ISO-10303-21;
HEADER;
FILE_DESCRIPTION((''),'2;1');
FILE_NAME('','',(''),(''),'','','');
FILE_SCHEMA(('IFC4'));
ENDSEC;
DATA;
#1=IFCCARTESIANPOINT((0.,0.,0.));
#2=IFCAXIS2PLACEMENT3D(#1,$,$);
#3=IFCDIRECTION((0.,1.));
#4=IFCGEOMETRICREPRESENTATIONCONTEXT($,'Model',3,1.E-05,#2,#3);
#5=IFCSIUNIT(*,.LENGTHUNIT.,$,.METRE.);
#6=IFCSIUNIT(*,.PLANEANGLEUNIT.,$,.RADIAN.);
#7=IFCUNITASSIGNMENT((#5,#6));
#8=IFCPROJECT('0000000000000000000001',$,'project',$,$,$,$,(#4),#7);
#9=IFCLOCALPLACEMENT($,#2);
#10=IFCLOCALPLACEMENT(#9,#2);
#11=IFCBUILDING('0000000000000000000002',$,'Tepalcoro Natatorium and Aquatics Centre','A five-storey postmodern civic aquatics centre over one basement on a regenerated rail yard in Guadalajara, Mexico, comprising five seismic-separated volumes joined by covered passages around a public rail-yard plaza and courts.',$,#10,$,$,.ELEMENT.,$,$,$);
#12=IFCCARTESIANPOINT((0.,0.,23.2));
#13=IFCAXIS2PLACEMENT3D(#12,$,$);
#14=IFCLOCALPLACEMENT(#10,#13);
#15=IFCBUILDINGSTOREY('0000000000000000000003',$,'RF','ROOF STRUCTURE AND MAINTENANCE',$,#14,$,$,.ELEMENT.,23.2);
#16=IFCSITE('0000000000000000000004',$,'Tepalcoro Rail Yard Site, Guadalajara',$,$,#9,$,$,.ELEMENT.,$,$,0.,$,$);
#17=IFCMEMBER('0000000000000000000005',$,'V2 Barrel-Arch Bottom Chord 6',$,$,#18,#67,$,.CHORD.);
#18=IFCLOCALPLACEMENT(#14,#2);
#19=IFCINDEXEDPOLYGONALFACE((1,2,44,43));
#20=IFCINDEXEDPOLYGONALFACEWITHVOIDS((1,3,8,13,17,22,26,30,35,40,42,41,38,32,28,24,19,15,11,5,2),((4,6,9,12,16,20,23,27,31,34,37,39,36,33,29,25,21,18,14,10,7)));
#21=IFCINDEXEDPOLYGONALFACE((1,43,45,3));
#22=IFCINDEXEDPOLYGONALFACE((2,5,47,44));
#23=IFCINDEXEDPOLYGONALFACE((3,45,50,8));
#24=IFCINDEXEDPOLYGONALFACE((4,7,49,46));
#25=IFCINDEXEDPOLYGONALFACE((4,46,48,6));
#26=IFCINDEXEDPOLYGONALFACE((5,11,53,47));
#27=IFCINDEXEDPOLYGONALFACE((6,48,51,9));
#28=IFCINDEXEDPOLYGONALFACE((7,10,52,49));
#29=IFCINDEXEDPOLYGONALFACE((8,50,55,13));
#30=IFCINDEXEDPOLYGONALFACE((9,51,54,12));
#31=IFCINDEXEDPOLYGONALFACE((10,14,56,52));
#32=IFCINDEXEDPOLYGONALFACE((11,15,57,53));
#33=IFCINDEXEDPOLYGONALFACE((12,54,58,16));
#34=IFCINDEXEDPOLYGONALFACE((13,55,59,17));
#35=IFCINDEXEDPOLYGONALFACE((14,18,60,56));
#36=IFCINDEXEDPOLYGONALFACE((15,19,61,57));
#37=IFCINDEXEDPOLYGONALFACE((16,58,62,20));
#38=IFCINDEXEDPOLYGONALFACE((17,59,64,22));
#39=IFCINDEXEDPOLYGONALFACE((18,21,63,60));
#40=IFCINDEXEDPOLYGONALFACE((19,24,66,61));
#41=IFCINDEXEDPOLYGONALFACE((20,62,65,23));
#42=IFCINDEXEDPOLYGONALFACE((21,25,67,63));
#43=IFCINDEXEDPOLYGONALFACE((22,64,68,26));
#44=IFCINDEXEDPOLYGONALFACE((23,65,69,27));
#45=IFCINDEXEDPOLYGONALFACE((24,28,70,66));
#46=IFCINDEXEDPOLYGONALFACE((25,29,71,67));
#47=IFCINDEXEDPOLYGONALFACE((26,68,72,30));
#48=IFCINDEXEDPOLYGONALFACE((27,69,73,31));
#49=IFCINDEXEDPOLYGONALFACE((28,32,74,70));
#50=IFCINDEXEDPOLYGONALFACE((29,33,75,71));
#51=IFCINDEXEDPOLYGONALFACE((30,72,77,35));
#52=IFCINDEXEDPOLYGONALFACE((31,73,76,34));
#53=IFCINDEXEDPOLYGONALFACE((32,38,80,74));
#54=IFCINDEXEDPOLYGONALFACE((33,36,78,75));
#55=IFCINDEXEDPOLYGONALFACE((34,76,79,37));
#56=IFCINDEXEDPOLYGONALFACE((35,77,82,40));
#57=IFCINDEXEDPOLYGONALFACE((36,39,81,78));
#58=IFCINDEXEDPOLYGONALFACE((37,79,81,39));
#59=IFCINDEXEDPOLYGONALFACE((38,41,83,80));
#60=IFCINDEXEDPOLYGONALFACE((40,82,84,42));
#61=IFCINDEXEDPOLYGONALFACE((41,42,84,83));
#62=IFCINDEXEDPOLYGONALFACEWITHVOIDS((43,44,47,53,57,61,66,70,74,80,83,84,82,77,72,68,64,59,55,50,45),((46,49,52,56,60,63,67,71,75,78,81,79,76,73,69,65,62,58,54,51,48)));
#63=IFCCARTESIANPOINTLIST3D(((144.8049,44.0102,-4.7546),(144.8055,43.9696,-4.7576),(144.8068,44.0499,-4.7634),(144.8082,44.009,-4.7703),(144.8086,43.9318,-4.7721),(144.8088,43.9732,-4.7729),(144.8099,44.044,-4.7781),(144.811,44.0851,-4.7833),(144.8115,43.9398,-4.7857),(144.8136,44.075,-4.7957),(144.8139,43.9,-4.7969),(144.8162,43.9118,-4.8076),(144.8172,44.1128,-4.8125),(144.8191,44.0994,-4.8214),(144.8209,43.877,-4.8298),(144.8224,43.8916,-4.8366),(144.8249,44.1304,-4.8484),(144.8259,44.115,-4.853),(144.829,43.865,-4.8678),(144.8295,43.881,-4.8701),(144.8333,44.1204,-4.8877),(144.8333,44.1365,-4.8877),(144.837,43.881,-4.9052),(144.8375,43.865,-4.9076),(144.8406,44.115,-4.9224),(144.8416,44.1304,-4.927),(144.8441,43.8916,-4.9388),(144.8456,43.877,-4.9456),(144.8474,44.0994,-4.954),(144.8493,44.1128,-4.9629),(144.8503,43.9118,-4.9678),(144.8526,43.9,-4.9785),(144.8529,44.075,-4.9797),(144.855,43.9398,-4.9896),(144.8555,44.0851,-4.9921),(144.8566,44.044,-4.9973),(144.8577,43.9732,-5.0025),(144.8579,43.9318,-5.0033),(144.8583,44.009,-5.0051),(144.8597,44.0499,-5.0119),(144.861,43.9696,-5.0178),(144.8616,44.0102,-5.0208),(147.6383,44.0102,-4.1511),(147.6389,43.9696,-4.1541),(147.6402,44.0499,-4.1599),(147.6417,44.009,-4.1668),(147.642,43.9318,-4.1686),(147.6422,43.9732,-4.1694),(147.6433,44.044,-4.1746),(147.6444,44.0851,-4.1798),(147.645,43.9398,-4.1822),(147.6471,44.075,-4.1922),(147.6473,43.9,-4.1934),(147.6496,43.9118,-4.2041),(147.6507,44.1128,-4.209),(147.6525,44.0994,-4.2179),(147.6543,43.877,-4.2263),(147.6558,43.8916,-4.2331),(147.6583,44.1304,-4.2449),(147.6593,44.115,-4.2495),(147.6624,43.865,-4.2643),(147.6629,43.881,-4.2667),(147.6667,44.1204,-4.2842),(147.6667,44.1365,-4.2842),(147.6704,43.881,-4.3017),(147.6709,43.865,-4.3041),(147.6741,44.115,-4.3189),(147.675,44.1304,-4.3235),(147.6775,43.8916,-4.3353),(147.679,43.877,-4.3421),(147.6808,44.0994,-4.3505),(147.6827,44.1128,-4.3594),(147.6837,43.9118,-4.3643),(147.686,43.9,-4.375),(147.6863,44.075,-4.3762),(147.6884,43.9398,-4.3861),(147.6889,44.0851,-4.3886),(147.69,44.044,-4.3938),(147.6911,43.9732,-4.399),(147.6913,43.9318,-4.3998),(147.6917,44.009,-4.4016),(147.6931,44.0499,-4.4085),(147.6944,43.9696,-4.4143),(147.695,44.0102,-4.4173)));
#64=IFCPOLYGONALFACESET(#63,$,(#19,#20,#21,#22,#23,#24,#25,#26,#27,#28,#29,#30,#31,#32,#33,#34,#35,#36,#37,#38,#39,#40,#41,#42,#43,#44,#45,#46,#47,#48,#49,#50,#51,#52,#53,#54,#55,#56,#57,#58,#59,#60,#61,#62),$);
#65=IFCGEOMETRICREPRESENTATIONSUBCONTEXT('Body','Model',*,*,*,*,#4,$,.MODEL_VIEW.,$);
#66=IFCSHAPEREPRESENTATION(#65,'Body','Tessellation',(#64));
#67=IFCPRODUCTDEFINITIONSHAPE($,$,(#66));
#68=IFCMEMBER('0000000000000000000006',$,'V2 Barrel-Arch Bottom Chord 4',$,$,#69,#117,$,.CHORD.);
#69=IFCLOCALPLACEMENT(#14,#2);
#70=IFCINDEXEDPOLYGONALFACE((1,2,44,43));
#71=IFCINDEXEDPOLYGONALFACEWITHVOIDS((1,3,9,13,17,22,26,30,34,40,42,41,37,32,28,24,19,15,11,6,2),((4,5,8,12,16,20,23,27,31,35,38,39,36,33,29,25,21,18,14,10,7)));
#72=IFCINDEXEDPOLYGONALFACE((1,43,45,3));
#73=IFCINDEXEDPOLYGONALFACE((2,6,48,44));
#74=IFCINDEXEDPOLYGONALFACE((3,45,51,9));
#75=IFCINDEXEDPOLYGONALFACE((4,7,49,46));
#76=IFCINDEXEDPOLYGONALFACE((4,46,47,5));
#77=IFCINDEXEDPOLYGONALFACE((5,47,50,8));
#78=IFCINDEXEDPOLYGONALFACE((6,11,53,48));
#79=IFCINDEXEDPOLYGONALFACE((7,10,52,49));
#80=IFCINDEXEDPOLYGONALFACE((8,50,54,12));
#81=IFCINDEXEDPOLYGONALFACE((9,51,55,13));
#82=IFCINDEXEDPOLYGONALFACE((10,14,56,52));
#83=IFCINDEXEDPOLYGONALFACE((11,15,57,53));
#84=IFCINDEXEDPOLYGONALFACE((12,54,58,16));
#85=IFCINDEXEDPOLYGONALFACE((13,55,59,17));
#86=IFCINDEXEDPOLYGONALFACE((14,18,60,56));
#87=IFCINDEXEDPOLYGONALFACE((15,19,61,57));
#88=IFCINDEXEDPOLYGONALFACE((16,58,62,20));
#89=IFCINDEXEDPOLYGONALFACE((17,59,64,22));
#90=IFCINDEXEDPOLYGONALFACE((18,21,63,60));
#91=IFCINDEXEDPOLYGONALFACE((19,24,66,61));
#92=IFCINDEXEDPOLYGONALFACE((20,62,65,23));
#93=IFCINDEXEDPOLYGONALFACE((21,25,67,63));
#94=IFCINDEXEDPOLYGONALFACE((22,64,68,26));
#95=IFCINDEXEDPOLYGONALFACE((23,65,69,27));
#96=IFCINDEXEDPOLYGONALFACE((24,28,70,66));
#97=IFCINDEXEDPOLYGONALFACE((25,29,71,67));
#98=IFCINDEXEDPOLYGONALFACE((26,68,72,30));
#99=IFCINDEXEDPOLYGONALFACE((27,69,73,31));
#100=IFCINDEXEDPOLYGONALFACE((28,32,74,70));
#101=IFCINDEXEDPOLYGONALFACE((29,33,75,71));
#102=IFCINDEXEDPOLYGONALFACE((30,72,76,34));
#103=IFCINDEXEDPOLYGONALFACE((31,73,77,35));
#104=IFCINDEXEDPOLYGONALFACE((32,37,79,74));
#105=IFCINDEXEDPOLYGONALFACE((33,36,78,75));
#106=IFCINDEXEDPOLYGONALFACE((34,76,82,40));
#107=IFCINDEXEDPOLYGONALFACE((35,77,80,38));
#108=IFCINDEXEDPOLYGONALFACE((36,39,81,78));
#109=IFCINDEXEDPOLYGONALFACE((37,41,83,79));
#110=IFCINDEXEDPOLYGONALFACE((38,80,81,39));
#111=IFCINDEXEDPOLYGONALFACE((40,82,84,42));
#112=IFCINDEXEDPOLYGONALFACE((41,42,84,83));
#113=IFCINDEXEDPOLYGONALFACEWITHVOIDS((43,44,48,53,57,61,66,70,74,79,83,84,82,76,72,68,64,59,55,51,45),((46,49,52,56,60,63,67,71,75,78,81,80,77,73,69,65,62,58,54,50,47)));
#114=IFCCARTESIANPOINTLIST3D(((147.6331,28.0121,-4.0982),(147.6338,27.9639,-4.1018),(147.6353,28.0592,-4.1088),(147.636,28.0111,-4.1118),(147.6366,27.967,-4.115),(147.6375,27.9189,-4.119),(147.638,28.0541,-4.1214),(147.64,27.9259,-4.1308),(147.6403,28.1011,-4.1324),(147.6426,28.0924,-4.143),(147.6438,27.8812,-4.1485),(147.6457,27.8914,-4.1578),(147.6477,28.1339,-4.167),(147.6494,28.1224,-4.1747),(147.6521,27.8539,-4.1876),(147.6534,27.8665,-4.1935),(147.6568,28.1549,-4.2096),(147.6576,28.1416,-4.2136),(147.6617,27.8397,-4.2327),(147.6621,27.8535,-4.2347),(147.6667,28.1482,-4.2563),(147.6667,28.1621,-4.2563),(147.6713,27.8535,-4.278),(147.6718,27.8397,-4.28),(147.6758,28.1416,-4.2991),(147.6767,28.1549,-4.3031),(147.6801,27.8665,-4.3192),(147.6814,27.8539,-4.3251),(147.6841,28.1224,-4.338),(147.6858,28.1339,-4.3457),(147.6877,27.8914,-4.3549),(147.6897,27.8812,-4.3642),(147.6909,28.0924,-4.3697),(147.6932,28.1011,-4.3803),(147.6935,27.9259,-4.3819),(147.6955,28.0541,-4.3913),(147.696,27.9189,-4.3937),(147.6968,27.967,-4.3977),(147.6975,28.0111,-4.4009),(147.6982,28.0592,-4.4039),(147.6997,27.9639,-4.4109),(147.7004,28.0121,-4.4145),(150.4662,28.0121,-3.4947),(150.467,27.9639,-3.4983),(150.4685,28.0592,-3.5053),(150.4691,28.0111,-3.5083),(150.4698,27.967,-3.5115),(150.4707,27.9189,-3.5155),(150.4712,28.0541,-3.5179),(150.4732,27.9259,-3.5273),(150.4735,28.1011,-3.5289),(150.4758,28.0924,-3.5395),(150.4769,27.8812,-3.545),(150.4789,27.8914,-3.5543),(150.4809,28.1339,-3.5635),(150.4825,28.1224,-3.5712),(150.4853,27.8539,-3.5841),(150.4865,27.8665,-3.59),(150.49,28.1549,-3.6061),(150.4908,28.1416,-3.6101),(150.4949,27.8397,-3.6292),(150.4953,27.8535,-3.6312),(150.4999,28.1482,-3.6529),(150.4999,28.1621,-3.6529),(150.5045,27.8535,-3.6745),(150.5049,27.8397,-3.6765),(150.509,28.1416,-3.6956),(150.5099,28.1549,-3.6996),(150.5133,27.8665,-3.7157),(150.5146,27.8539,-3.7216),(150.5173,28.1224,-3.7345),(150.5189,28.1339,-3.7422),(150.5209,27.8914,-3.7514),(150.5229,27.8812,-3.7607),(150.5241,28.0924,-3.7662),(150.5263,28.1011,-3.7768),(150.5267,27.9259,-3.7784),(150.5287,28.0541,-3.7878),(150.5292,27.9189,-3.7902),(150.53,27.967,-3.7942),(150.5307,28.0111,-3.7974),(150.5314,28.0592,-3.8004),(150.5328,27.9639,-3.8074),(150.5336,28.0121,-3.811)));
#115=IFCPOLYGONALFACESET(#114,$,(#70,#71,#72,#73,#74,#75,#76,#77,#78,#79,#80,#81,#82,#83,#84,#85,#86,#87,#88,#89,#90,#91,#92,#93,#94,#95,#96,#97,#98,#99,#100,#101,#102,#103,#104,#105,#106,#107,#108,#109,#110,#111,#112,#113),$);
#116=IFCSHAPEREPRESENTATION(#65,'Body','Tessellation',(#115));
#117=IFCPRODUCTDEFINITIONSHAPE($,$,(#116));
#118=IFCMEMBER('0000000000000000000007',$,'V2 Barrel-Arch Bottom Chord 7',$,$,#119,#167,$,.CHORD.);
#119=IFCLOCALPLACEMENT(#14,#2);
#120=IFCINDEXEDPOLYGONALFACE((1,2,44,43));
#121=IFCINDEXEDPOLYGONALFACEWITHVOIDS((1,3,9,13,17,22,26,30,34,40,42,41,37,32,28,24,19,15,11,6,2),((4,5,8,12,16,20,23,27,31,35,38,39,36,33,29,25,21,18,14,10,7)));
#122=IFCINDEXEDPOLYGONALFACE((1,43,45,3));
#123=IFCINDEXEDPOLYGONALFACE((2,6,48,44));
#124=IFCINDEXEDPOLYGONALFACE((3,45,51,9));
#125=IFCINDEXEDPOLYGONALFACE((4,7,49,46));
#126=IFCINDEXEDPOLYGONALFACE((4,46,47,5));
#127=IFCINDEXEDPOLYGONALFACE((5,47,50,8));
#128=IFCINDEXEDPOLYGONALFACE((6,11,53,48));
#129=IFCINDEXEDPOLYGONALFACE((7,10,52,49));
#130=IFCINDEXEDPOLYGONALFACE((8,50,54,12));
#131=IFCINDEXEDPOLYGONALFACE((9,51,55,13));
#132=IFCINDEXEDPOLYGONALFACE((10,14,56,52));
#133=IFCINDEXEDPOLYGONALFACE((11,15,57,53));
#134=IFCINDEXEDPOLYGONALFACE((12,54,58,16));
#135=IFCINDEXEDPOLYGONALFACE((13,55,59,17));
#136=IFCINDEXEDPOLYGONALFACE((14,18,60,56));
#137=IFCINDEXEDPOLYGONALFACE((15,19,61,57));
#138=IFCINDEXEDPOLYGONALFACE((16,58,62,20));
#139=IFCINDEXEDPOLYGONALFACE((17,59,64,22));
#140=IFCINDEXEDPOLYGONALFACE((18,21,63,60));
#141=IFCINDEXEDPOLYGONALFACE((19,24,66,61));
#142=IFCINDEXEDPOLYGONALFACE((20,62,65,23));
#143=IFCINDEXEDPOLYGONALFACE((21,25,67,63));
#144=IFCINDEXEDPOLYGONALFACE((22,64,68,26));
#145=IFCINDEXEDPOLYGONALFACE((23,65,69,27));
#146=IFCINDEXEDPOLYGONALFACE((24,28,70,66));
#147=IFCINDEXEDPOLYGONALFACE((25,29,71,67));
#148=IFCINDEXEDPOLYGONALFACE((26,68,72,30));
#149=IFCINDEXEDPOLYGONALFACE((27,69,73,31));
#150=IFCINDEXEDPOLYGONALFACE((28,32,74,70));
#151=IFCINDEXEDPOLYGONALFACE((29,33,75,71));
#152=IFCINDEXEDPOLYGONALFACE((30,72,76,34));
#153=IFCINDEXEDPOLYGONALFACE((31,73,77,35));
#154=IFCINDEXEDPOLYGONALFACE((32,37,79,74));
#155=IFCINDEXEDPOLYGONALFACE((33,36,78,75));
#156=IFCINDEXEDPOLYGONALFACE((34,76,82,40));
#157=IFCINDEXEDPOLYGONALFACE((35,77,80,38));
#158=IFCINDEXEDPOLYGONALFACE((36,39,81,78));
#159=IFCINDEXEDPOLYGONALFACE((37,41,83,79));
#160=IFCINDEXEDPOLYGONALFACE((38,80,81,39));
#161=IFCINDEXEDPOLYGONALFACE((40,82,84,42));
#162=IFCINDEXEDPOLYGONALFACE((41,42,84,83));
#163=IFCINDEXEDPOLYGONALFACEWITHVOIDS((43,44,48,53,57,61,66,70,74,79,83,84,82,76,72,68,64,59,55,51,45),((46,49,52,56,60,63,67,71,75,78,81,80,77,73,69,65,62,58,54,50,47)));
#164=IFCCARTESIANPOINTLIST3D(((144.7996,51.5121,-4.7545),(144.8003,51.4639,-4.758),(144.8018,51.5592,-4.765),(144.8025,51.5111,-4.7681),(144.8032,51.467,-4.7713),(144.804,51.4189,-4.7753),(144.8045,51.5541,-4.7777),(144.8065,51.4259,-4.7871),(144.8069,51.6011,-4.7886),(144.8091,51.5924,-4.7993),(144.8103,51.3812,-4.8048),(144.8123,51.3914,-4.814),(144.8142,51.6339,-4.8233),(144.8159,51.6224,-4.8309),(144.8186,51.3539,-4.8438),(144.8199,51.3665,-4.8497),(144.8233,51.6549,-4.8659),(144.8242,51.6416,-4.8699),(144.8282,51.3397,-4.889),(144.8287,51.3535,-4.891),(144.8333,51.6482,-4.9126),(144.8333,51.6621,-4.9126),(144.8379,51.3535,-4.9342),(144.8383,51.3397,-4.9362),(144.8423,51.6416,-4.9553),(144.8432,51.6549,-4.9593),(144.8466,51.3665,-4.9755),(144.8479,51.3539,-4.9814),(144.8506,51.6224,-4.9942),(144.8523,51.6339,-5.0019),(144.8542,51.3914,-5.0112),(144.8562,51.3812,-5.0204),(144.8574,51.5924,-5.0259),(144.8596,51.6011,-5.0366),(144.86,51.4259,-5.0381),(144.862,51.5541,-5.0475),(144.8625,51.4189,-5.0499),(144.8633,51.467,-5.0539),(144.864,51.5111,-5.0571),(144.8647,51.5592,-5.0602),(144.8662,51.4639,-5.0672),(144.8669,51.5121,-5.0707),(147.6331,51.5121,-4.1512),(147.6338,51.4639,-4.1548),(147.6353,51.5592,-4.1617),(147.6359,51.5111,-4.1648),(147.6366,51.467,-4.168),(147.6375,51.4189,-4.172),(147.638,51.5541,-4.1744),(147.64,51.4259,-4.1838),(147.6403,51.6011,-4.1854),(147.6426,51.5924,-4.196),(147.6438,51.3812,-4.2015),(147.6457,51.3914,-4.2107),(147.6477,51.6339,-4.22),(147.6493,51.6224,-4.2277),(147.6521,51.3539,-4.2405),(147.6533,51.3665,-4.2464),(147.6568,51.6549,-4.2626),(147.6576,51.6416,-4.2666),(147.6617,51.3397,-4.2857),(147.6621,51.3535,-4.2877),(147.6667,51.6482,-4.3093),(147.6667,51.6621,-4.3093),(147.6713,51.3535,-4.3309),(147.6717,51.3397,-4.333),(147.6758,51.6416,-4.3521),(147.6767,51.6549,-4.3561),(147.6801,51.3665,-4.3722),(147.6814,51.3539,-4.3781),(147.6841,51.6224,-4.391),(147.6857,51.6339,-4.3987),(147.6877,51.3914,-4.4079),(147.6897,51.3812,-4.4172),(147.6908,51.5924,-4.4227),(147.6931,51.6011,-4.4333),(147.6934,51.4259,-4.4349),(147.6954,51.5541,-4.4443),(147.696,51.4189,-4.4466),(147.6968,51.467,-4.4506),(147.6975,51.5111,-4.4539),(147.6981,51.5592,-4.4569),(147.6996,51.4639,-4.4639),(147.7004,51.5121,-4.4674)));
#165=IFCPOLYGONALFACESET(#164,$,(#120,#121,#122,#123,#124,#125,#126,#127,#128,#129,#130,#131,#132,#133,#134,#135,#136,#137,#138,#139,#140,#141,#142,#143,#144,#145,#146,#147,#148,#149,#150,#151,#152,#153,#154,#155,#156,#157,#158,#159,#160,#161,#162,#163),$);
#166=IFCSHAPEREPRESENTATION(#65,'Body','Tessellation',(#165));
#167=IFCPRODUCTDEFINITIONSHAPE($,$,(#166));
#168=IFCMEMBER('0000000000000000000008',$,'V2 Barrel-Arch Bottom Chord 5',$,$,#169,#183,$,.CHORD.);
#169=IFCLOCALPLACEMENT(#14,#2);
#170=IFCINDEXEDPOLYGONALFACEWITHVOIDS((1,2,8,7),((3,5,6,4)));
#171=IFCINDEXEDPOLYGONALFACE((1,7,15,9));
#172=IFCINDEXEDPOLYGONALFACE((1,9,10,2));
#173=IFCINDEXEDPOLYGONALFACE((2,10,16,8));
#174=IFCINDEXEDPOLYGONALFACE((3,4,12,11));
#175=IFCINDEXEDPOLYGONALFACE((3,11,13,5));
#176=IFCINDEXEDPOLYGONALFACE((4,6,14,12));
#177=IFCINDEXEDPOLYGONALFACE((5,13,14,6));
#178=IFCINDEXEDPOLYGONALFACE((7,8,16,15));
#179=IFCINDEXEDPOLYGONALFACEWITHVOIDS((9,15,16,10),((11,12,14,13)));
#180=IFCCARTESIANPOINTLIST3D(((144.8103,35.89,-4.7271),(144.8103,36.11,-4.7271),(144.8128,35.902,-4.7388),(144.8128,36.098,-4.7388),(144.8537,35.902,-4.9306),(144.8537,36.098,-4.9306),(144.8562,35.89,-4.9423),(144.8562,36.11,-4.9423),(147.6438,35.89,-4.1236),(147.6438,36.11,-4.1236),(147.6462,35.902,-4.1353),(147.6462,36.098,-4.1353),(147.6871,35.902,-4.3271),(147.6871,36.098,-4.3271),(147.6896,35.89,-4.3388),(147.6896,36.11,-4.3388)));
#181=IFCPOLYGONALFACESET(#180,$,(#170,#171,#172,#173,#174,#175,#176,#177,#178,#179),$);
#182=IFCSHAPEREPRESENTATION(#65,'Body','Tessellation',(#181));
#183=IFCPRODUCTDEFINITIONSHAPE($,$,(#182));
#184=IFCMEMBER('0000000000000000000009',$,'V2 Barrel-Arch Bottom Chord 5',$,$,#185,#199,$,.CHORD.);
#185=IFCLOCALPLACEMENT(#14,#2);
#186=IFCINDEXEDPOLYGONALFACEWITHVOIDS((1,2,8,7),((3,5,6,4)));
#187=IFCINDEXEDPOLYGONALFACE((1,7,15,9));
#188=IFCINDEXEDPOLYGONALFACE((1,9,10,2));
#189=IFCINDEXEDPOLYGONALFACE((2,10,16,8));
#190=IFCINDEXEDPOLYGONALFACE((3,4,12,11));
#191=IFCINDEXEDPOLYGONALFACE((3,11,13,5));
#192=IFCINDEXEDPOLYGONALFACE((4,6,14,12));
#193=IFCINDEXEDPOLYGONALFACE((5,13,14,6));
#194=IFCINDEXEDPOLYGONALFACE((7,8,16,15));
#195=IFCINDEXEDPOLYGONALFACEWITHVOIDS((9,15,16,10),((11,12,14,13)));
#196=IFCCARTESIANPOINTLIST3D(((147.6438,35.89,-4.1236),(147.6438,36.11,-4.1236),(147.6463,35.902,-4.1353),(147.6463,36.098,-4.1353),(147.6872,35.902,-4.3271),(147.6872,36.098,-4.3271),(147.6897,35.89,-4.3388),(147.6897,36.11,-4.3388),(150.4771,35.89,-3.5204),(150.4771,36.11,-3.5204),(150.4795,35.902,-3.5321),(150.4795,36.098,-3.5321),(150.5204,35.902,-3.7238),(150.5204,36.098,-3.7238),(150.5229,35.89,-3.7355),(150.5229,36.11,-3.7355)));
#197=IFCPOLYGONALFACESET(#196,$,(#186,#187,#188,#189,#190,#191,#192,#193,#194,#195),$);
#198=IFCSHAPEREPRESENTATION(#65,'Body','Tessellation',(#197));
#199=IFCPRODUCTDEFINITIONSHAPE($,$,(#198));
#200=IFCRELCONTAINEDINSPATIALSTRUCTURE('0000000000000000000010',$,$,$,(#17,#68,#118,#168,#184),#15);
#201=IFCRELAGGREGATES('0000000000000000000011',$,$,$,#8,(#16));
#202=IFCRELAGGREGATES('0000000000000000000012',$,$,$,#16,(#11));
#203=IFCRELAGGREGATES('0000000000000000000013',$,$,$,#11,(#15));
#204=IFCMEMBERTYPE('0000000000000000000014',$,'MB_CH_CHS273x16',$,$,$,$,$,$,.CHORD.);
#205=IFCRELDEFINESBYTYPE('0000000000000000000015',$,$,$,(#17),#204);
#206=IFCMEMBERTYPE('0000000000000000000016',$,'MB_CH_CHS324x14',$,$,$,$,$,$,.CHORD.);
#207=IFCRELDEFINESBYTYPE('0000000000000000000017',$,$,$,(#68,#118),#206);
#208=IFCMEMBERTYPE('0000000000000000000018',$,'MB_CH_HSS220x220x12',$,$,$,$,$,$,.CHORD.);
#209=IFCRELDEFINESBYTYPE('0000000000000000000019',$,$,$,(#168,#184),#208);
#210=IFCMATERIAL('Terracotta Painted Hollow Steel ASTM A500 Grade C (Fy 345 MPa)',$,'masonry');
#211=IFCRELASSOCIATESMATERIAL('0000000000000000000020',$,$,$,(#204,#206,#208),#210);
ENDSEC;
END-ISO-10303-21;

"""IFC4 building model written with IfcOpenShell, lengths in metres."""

from ifc_helpers import new_model, si_unit, direction, frame, origin, origin_2d, place, context, subcontext, project, spatial, hollow_rectangle, hollow_circle, extrude, material, material_profile, profile_set, type_object, element, save


model = new_model("IFC4")

# Units and contexts
model_context = context("Model", 3, precision=1e-05, world=origin(), true_north=direction((0.0, 1.0)))
body_context = subcontext(model_context, "Body", "Model", "MODEL_VIEW")
ifc_project = project(units=[si_unit("LENGTHUNIT", "METRE"), si_unit("PLANEANGLEUNIT", "RADIAN")], contexts=[model_context])

# Site, building, storey
site_placement = place(None, origin())
site = spatial("IfcSite", under=ifc_project, at=site_placement, Name="Tepalcoro Rail Yard Site, Guadalajara", CompositionType="ELEMENT", RefElevation=0.0)
building_placement = place(site_placement, origin())
building = spatial("IfcBuilding", under=site, at=building_placement, Name="Tepalcoro Natatorium and Aquatics Centre", Description="A five-storey postmodern civic aquatics centre over one basement on a regenerated rail yard in Guadalajara, Mexico, comprising five seismic-separated volumes joined by covered passages around a public rail-yard plaza and courts.", CompositionType="ELEMENT")
storey_placement = place(building_placement, frame((0.0, 0.0, 23.2)))
storey = spatial("IfcBuildingStorey", under=building, at=storey_placement, Name="RF", Description="ROOF STRUCTURE AND MAINTENANCE", CompositionType="ELEMENT", Elevation=23.2)

# Shared definitions
ifc_material_1 = material(Name="Terracotta Painted Hollow Steel ASTM A500 Grade C (Fy 345 MPa)", Category="masonry")

# Members
ifc_material_profile_1 = material_profile(ifc_material_1, hollow_circle(Radius=0.1365, WallThickness=0.0161, at=origin_2d()), Name="CHS273X16")
ifc_profile_set_1 = profile_set([ifc_material_profile_1], Name="Terracotta Painted Hollow Steel ASTM A500 Grade C (Fy 345 MPa)")
member_type_1 = type_object("IfcMemberType", Name="MB_CH_CHS273x16", PredefinedType="CHORD", material=ifc_profile_set_1)
member_1_placement = place(storey_placement, frame((144.8333, 44.0, -4.8877), z_axis=(0.978061, 0.0, 0.20832), x_axis=(0.0, 1.0, 0.0)))
element("IfcMember", 1, at=member_1_placement, inside=storey, type_object=member_type_1, Name="V2 Barrel-Arch Bottom Chord 6", PredefinedType="CHORD", context=body_context, shape_type="SweptSolid", body=[
    extrude(hollow_circle(Radius=0.1365, WallThickness=0.0161, at=origin_2d()), origin(), (0.0, 0.0, 1.0), 2.897),
])
ifc_material_profile_2 = material_profile(ifc_material_1, hollow_circle(Radius=0.1621, WallThickness=0.0139, at=origin_2d()), Name="CHS324X14")
ifc_profile_set_2 = profile_set([ifc_material_profile_2], Name="Terracotta Painted Hollow Steel ASTM A500 Grade C (Fy 345 MPa)")
member_type_2 = type_object("IfcMemberType", Name="MB_CH_CHS324x14", PredefinedType="CHORD", material=ifc_profile_set_2)
member_2_placement = place(storey_placement, frame((147.6667, 28.0, -4.2563), z_axis=(0.978057, 0.0, 0.208338), x_axis=(0.0, 1.0, 0.0)))
element("IfcMember", 2, at=member_2_placement, inside=storey, type_object=member_type_2, Name="V2 Barrel-Arch Bottom Chord 4", PredefinedType="CHORD", context=body_context, shape_type="SweptSolid", body=[
    extrude(hollow_circle(Radius=0.1621, WallThickness=0.0139, at=origin_2d()), origin(), (0.0, 0.0, 1.0), 2.8967),
])
member_3_placement = place(storey_placement, frame((144.8333, 51.5, -4.9126), z_axis=(0.978078, 0.0, 0.20824), x_axis=(0.0, 1.0, 0.0)))
element("IfcMember", 3, at=member_3_placement, inside=storey, type_object=member_type_2, Name="V2 Barrel-Arch Bottom Chord 7", PredefinedType="CHORD", context=body_context, shape_type="SweptSolid", body=[
    extrude(hollow_circle(Radius=0.1621, WallThickness=0.0139, at=origin_2d()), origin(), (0.0, 0.0, 1.0), 2.897),
])
ifc_material_profile_3 = material_profile(ifc_material_1, hollow_rectangle(XDim=0.22, YDim=0.22, WallThickness=0.012, at=origin_2d()), Name="HSS220X220X12")
ifc_profile_set_3 = profile_set([ifc_material_profile_3], Name="Terracotta Painted Hollow Steel ASTM A500 Grade C (Fy 345 MPa)")
member_type_3 = type_object("IfcMemberType", Name="MB_CH_HSS220x220x12", PredefinedType="CHORD", material=ifc_profile_set_3)
member_4_placement = place(storey_placement, frame((144.8333, 36.0, -4.8347), z_axis=(0.978061, 0.0, 0.20832), x_axis=(0.0, 1.0, 0.0)))
element("IfcMember", 4, at=member_4_placement, inside=storey, type_object=member_type_3, Name="V2 Barrel-Arch Bottom Chord 5", PredefinedType="CHORD", context=body_context, shape_type="SweptSolid", body=[
    extrude(hollow_rectangle(XDim=0.22, YDim=0.22, WallThickness=0.012, at=origin_2d()), origin(), (0.0, 0.0, 1.0), 2.897),
])
member_5_placement = place(storey_placement, frame((147.6667, 36.0, -4.2312), z_axis=(0.978074, 0.0, 0.208257), x_axis=(0.0, 1.0, 0.0)))
element("IfcMember", 5, at=member_5_placement, inside=storey, type_object=member_type_3, Name="V2 Barrel-Arch Bottom Chord 5", PredefinedType="CHORD", context=body_context, shape_type="SweptSolid", body=[
    extrude(hollow_rectangle(XDim=0.22, YDim=0.22, WallThickness=0.012, at=origin_2d()), origin(), (0.0, 0.0, 1.0), 2.8967),
])

save(model, "model.ifc")
